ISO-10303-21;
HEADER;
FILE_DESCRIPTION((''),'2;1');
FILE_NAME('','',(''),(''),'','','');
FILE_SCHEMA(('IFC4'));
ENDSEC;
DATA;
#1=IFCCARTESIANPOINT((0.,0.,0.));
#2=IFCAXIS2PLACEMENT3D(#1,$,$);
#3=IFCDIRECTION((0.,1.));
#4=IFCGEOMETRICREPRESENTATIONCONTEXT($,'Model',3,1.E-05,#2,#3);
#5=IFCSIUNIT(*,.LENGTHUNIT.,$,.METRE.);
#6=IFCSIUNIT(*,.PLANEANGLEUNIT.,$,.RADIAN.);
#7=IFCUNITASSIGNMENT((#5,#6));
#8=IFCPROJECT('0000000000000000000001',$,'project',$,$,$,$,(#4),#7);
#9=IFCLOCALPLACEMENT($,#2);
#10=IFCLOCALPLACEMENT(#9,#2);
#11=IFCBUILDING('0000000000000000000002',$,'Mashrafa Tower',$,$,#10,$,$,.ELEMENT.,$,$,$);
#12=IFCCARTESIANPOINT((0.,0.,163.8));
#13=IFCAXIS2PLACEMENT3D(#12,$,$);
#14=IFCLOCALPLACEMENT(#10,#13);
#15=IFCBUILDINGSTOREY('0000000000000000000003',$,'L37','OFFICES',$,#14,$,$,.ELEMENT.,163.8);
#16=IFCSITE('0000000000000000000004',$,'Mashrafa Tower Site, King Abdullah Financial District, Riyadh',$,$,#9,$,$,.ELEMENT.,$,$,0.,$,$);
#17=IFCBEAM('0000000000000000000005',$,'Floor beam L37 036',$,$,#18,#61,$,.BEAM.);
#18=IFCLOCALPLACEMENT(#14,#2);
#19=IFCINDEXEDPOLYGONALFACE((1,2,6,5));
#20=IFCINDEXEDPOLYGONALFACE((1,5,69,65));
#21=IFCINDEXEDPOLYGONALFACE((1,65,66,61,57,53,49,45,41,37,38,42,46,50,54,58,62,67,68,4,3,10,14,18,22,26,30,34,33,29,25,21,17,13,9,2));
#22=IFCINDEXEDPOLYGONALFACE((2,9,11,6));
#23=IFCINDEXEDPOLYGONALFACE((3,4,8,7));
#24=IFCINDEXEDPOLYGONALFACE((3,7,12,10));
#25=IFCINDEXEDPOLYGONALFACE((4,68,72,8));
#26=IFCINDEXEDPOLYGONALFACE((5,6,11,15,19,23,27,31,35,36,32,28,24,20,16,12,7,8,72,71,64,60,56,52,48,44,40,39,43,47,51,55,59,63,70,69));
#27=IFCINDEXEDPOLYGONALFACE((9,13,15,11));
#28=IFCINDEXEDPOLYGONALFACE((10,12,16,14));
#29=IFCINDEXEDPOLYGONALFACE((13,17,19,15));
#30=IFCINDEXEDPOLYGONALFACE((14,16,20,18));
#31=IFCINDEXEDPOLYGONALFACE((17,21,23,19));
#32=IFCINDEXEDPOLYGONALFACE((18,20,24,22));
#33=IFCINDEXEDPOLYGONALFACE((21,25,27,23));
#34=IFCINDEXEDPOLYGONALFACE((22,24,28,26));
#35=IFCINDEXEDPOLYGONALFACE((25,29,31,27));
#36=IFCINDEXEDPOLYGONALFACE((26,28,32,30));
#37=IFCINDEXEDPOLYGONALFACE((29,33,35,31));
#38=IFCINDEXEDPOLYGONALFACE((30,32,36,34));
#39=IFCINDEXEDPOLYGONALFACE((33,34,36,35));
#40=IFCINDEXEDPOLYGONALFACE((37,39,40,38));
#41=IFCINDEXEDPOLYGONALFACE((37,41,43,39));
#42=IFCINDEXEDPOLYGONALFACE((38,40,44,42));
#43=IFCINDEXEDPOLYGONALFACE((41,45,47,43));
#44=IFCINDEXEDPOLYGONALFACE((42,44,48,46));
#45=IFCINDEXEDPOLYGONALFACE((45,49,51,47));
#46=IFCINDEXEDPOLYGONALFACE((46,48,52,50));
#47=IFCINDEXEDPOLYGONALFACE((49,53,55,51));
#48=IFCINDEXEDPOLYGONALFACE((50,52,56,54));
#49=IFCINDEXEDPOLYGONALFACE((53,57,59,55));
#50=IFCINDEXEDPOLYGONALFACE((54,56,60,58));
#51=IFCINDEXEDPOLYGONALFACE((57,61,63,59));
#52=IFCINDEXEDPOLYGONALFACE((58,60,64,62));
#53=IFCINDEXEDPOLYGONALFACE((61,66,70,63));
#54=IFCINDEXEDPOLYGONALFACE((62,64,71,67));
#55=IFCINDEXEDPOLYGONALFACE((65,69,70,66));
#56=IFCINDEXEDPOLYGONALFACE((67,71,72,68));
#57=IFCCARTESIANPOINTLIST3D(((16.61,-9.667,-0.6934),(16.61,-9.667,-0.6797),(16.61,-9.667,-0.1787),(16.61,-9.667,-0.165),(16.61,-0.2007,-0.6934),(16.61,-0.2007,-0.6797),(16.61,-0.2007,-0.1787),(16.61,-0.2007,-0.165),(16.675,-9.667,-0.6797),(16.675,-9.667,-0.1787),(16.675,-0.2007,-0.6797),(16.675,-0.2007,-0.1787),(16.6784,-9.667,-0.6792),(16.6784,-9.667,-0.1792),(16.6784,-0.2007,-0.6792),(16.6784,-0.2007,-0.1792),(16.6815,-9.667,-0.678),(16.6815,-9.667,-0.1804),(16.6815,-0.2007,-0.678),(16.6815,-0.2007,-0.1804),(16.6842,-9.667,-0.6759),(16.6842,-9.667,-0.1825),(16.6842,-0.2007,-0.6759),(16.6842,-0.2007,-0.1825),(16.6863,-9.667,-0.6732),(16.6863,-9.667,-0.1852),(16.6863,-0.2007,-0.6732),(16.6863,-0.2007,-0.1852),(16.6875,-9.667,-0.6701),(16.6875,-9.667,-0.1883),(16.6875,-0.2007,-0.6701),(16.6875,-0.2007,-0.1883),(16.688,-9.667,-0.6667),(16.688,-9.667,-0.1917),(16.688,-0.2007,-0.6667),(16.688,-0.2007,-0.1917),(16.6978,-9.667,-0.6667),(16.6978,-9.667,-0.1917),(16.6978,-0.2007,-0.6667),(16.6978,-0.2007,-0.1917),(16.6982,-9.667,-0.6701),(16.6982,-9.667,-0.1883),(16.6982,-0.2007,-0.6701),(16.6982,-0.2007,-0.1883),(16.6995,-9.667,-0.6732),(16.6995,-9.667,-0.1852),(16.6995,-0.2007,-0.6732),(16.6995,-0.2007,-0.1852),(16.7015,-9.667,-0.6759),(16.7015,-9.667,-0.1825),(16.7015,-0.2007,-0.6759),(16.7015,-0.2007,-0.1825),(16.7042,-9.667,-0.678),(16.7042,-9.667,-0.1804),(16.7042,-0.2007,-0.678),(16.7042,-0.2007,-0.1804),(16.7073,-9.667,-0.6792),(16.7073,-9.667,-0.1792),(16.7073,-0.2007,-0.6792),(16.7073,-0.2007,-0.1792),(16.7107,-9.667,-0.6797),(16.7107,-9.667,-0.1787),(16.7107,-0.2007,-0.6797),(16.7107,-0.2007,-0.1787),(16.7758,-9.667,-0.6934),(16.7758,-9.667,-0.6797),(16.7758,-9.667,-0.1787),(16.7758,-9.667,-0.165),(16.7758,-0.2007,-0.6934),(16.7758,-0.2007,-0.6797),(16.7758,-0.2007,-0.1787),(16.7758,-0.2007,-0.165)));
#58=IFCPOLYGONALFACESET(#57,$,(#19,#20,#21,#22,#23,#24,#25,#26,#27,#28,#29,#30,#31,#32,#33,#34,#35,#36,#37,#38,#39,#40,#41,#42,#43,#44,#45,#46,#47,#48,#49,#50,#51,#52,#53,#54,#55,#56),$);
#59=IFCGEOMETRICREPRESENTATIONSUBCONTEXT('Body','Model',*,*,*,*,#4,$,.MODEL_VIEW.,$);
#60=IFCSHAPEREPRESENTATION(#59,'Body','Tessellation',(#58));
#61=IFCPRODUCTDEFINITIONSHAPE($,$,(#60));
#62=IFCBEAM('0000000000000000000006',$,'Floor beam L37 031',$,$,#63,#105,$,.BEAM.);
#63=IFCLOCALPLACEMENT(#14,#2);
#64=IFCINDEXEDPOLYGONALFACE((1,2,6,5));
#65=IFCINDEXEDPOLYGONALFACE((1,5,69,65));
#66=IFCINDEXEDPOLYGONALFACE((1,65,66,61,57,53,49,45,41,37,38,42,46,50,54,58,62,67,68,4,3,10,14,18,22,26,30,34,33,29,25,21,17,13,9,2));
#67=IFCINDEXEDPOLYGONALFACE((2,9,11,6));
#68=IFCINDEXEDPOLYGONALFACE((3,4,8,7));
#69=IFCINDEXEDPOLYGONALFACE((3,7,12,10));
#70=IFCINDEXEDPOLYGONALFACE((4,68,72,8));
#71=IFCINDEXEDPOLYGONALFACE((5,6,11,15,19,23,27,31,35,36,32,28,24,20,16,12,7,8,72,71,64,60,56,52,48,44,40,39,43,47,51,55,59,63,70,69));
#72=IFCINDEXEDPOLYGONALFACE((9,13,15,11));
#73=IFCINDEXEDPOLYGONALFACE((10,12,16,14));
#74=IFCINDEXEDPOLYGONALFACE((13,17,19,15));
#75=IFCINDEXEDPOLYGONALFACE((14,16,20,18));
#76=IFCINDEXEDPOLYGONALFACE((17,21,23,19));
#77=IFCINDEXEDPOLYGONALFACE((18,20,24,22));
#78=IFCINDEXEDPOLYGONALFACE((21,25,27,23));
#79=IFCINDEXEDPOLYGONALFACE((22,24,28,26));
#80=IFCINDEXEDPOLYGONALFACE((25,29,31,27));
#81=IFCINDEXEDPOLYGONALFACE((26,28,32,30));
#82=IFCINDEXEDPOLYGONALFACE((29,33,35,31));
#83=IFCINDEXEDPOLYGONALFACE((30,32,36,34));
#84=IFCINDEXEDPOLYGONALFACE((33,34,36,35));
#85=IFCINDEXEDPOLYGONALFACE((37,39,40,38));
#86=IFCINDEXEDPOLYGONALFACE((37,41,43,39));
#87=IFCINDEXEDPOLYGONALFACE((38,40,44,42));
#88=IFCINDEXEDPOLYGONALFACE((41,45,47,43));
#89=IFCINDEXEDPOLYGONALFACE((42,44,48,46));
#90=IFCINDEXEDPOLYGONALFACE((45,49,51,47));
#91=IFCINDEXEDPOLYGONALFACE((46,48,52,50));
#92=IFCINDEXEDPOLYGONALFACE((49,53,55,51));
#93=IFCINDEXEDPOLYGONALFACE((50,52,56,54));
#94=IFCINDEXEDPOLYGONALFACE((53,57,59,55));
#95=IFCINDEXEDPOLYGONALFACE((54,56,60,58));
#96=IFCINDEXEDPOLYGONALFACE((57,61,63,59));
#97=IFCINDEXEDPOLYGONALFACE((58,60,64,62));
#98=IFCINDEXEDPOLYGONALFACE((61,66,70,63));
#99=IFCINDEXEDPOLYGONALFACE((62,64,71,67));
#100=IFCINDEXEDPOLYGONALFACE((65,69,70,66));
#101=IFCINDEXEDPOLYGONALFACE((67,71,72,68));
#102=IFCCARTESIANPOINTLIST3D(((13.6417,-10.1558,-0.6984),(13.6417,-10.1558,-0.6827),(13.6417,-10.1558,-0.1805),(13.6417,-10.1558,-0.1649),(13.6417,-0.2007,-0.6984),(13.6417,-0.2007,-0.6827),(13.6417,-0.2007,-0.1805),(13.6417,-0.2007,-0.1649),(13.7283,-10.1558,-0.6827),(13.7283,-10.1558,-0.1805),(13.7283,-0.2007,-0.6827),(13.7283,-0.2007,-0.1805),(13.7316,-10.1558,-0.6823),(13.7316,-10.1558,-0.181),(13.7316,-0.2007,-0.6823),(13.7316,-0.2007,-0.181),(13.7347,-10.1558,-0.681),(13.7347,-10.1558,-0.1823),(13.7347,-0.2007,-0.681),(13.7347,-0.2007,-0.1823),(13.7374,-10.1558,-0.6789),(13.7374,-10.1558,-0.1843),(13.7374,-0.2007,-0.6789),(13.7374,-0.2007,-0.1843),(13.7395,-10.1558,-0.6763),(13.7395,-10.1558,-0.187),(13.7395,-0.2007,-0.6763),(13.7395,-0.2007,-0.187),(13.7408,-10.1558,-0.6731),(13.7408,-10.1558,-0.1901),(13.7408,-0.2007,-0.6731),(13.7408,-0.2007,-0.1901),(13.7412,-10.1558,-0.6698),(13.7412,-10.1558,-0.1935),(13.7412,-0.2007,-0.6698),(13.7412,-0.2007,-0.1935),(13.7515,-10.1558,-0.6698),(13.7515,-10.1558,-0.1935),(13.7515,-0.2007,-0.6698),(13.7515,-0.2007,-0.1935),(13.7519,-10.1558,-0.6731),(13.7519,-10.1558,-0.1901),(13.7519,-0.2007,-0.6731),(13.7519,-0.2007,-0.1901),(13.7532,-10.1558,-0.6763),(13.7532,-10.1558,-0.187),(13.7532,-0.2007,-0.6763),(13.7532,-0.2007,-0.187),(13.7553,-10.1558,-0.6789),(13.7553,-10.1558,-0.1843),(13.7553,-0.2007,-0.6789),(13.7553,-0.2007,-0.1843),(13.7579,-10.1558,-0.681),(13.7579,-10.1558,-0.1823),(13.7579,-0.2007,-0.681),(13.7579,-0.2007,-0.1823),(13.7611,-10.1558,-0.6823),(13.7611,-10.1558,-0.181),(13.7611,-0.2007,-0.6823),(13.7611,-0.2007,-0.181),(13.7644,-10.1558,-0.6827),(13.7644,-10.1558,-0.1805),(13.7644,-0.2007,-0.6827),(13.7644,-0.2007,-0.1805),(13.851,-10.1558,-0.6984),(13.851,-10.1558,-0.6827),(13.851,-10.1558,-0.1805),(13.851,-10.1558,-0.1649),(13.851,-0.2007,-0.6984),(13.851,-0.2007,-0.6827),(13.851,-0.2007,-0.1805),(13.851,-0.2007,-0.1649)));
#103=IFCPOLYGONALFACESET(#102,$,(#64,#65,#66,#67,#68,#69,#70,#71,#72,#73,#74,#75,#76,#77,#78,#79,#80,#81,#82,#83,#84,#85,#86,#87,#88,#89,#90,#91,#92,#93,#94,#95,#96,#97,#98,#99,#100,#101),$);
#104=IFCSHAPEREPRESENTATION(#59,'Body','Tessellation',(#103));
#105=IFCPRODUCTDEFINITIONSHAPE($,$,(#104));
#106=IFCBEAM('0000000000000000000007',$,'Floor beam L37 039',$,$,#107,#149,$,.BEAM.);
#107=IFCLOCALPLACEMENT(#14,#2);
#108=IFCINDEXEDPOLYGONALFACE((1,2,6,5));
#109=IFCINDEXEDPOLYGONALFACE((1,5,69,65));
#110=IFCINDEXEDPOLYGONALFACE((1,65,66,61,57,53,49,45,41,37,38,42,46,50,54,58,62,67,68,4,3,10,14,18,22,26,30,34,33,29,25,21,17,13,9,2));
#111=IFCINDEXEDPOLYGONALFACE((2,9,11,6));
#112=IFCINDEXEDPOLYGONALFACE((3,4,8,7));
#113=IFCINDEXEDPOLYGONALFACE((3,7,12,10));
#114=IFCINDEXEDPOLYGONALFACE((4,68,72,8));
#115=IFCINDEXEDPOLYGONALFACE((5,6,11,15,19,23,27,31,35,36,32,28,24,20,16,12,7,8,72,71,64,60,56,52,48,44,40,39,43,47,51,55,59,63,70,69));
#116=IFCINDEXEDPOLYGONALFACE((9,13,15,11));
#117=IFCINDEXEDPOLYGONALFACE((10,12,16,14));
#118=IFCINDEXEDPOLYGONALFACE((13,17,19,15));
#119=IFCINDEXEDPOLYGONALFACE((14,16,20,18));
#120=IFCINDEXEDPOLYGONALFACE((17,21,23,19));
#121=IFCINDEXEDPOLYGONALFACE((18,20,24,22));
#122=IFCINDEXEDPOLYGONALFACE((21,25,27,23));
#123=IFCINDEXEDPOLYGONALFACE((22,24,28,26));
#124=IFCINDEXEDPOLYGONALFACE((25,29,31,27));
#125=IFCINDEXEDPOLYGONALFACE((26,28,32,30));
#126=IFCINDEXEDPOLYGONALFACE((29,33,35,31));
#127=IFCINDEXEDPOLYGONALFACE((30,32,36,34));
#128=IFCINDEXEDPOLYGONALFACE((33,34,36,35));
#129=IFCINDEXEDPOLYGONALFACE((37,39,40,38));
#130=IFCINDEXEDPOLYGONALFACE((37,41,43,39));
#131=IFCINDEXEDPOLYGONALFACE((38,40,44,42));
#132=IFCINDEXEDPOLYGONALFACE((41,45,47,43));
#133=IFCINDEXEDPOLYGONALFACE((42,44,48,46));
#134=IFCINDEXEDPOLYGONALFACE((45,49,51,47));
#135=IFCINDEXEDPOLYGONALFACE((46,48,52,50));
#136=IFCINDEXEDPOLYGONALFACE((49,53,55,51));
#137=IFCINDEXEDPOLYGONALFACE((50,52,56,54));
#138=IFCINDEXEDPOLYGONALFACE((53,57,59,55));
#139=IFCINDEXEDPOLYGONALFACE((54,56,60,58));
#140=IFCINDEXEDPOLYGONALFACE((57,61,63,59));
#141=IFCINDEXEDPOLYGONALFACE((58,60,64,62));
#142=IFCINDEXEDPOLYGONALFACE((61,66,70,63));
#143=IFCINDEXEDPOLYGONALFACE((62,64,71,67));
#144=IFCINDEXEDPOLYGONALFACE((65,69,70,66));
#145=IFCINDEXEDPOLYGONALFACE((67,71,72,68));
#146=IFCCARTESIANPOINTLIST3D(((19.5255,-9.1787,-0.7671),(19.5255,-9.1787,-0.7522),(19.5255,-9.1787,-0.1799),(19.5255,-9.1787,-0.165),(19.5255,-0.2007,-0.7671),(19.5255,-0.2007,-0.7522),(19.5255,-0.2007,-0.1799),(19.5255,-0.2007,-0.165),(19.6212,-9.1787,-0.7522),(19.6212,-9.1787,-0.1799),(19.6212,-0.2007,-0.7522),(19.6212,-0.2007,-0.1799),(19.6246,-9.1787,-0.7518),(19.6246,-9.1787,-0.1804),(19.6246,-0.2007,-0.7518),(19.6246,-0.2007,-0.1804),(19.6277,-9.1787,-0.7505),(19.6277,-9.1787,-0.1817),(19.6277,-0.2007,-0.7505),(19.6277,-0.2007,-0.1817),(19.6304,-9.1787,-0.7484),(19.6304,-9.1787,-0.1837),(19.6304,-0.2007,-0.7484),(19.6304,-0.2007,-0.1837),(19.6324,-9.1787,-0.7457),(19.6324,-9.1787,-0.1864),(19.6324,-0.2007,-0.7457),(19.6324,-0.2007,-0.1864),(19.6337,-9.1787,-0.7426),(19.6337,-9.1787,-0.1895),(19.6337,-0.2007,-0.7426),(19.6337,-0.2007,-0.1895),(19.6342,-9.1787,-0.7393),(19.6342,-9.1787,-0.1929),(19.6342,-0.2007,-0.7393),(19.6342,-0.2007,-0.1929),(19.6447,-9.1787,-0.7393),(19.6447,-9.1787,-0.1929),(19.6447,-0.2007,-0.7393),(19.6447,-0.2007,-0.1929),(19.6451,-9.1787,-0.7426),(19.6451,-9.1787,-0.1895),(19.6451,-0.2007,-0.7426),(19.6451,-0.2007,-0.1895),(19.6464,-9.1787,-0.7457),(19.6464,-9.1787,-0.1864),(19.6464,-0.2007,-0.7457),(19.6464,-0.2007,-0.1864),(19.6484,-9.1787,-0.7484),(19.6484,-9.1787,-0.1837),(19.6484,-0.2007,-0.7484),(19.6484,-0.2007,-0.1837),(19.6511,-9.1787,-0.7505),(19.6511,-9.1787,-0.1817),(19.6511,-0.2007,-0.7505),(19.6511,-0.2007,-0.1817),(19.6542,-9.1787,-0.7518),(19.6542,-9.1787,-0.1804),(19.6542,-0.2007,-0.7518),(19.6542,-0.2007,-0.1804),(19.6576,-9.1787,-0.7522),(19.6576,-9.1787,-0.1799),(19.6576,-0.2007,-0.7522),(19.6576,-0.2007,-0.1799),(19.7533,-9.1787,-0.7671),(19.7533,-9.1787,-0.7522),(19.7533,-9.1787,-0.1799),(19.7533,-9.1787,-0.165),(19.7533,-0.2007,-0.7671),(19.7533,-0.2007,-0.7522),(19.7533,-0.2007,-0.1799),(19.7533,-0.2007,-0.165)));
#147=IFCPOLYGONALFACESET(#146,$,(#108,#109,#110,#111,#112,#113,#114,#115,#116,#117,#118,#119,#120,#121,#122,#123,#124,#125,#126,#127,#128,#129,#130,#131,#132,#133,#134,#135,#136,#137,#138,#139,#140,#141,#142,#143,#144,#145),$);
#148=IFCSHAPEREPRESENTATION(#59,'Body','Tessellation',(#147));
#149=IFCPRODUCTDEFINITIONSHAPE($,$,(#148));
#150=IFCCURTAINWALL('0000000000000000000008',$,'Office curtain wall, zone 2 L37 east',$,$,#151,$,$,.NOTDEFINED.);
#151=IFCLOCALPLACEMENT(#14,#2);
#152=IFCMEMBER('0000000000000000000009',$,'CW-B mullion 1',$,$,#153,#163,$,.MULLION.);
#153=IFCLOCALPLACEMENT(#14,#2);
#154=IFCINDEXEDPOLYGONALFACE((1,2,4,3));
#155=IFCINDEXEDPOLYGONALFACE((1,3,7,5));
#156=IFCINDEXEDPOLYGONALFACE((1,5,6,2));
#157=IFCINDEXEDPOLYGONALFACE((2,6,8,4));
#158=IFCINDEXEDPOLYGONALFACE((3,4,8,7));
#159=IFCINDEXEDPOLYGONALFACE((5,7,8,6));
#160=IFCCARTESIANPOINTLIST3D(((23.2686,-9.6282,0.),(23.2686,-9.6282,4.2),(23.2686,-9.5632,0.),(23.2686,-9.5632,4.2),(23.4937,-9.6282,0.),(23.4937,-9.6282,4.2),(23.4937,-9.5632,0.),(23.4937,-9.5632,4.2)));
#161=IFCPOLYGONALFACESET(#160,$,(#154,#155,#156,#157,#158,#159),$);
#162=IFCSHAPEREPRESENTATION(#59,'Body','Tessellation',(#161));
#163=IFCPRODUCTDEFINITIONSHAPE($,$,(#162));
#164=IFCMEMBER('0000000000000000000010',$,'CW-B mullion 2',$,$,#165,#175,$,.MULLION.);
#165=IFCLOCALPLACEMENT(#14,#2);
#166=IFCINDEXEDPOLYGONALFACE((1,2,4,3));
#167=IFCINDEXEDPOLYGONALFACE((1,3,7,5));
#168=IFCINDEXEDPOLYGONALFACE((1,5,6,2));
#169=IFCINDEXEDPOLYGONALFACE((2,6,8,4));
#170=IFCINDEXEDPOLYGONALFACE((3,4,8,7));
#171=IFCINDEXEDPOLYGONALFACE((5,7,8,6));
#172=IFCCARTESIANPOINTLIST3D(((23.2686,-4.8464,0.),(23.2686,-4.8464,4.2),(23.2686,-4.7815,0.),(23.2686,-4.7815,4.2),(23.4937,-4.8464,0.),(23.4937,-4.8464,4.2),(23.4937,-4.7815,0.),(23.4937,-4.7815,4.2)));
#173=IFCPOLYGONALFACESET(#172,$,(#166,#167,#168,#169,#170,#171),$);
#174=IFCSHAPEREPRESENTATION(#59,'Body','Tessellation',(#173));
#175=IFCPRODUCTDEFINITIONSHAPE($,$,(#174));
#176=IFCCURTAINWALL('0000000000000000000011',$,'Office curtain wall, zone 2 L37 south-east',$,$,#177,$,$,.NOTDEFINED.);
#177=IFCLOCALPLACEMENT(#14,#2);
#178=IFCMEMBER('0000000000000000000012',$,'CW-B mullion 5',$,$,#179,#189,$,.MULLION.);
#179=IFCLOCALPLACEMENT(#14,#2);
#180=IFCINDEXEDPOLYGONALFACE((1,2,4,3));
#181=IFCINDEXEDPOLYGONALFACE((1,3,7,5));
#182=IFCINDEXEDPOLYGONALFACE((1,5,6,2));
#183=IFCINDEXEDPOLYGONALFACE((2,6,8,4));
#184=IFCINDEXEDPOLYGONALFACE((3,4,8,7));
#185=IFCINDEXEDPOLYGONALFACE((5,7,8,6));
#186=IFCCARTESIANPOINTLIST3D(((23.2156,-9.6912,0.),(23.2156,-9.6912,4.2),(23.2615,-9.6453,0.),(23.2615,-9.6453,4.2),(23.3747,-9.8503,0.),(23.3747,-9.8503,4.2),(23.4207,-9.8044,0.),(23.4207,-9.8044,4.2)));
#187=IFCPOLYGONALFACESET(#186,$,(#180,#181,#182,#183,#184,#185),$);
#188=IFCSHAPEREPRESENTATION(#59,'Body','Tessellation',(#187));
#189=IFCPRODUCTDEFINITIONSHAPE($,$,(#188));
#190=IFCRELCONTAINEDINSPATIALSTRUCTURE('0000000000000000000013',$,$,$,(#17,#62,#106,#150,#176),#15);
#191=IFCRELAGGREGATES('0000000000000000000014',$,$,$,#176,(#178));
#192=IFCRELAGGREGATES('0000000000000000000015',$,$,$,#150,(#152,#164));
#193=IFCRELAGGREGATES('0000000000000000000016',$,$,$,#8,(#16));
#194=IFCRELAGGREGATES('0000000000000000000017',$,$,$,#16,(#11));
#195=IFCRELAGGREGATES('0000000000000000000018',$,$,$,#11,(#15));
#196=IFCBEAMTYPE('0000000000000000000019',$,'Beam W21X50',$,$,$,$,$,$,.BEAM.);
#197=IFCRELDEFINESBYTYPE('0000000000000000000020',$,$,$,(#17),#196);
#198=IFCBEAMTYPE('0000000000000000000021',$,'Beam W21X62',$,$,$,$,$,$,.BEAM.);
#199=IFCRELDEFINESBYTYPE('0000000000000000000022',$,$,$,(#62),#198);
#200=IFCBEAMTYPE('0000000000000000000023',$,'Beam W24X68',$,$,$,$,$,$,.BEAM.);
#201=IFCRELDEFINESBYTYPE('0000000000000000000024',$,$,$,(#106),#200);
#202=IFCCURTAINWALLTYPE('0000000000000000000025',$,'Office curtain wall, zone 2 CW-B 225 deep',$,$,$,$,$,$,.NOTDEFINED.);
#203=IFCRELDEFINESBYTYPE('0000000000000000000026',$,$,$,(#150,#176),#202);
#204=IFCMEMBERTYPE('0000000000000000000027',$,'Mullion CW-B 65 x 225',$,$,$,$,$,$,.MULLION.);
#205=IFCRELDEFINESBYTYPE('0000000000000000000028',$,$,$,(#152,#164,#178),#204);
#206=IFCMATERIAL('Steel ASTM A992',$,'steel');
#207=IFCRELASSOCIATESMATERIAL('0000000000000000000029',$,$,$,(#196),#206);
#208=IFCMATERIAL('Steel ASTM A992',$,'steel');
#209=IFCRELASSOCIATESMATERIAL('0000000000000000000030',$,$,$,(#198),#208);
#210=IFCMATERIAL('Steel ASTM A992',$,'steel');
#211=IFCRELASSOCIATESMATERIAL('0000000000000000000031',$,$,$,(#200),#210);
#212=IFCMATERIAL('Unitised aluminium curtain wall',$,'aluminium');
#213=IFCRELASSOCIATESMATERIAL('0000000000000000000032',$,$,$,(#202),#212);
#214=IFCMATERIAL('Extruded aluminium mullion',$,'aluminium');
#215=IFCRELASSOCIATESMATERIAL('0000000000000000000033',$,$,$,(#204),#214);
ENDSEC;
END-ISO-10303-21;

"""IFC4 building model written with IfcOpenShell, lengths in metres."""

from ifc_helpers import new_model, si_unit, direction, frame, origin, origin_2d, place, context, subcontext, project, spatial, rectangle, i_section, extrude, source, transform, mapped, material, material_profile, profile_set, type_object, type_shapes, element, aggregate, save


model = new_model("IFC4")

# Units and contexts
model_context = context("Model", 3, precision=1e-05, world=origin(), true_north=direction((0.0, 1.0)))
body_context = subcontext(model_context, "Body", "Model", "MODEL_VIEW")
ifc_project = project(units=[si_unit("LENGTHUNIT", "METRE"), si_unit("PLANEANGLEUNIT", "RADIAN")], contexts=[model_context])

# Site, building, storey
site_placement = place(None, origin())
site = spatial("IfcSite", under=ifc_project, at=site_placement, Name="Mashrafa Tower Site, King Abdullah Financial District, Riyadh", CompositionType="ELEMENT", RefElevation=0.0)
building_placement = place(site_placement, origin())
building = spatial("IfcBuilding", under=site, at=building_placement, Name="Mashrafa Tower", CompositionType="ELEMENT")
storey_placement = place(building_placement, frame((0.0, 0.0, 163.8)))
storey = spatial("IfcBuildingStorey", under=building, at=storey_placement, Name="L37", Description="OFFICES", CompositionType="ELEMENT", Elevation=163.8)

# Beams
ifc_material_1 = material(Name="Steel ASTM A992", Category="steel")
ifc_material_profile_1 = material_profile(ifc_material_1, i_section(OverallWidth=0.1658, OverallDepth=0.5283, WebThickness=0.0098, FlangeThickness=0.0137, FilletRadius=0.0129, at=origin_2d()), Name="W21X50")
ifc_profile_set_1 = profile_set([ifc_material_profile_1], Name="Steel ASTM A992")
beam_type_1 = type_object("IfcBeamType", Name="Beam W21X50", PredefinedType="BEAM", material=ifc_profile_set_1)
beam_1_placement = place(storey_placement, frame((16.6929, -0.2007, -0.4292), z_axis=(0.0, -1.0, 0.0), x_axis=(1.0, 0.0, 0.0)))
element("IfcBeam", 1, at=beam_1_placement, inside=storey, type_object=beam_type_1, Name="Floor beam L37 036", PredefinedType="BEAM", context=body_context, shape_type="SweptSolid", body=[
    extrude(i_section(OverallWidth=0.1658, OverallDepth=0.5283, WebThickness=0.0098, FlangeThickness=0.0137, FilletRadius=0.0129, at=origin_2d()), origin(), (0.0, 0.0, 1.0), 9.4663),
])
ifc_material_2 = material(Name="Steel ASTM A992", Category="steel")
ifc_material_profile_2 = material_profile(ifc_material_2, i_section(OverallWidth=0.2092, OverallDepth=0.5334, WebThickness=0.0103, FlangeThickness=0.0156, FilletRadius=0.0129, at=origin_2d()), Name="W21X62")
ifc_profile_set_2 = profile_set([ifc_material_profile_2], Name="Steel ASTM A992")
beam_type_2 = type_object("IfcBeamType", Name="Beam W21X62", PredefinedType="BEAM", material=ifc_profile_set_2)
beam_2_placement = place(storey_placement, frame((13.7463, -0.2007, -0.4316), z_axis=(0.0, -1.0, 0.0), x_axis=(1.0, 0.0, 0.0)))
element("IfcBeam", 2, at=beam_2_placement, inside=storey, type_object=beam_type_2, Name="Floor beam L37 031", PredefinedType="BEAM", context=body_context, shape_type="SweptSolid", body=[
    extrude(i_section(OverallWidth=0.2092, OverallDepth=0.5334, WebThickness=0.0103, FlangeThickness=0.0156, FilletRadius=0.0129, at=origin_2d()), origin(), (0.0, 0.0, 1.0), 9.9551),
])
ifc_material_3 = material(Name="Steel ASTM A992", Category="steel")
ifc_material_profile_3 = material_profile(ifc_material_3, i_section(OverallWidth=0.2278, OverallDepth=0.6021, WebThickness=0.0105, FlangeThickness=0.0149, FilletRadius=0.0129, at=origin_2d()), Name="W24X68")
ifc_profile_set_3 = profile_set([ifc_material_profile_3], Name="Steel ASTM A992")
beam_type_3 = type_object("IfcBeamType", Name="Beam W24X68", PredefinedType="BEAM", material=ifc_profile_set_3)
beam_3_placement = place(storey_placement, frame((19.6394, -0.2007, -0.4661), z_axis=(0.0, -1.0, 0.0), x_axis=(1.0, 0.0, 0.0)))
element("IfcBeam", 3, at=beam_3_placement, inside=storey, type_object=beam_type_3, Name="Floor beam L37 039", PredefinedType="BEAM", context=body_context, shape_type="SweptSolid", body=[
    extrude(i_section(OverallWidth=0.2278, OverallDepth=0.6021, WebThickness=0.0105, FlangeThickness=0.0149, FilletRadius=0.0129, at=origin_2d()), origin(), (0.0, 0.0, 1.0), 8.978),
])

# Curtain wall, members
ifc_material_4 = material(Name="Unitised aluminium curtain wall", Category="aluminium")
curtain_wall_type = type_object("IfcCurtainWallType", Name="Office curtain wall, zone 2 CW-B 225 deep", PredefinedType="NOTDEFINED", material=ifc_material_4)
curtain_wall_1_placement = place(storey_placement, origin())
curtain_wall_1 = element("IfcCurtainWall", 4, at=curtain_wall_1_placement, inside=storey, type_object=curtain_wall_type, Name="Office curtain wall, zone 2 L37 east", PredefinedType="NOTDEFINED")
ifc_material_5 = material(Name="Extruded aluminium mullion", Category="aluminium")
ifc_material_profile_4 = material_profile(ifc_material_5, rectangle(XDim=0.2251, YDim=0.0649, at=origin_2d()), Name="Mullion 65x225")
ifc_profile_set_4 = profile_set([ifc_material_profile_4], Name="Extruded aluminium mullion")
member_type_1 = type_object("IfcMemberType", Name="Mullion CW-B 65 x 225", PredefinedType="MULLION", material=ifc_profile_set_4)
shared_shape_1 = source(origin(), body_context, "Body", "SweptSolid", [
    extrude(rectangle(XDim=0.2251, YDim=0.0649, at=origin_2d()), origin(), (0.0, 0.0, 1.0), 4.2),
])
type_shapes(member_type_1, [shared_shape_1])
member_1_placement = place(storey_placement, frame((23.3811, -9.5957, 0.0), z_axis=(0.0, 0.0, 1.0), x_axis=(-1.0, 0.0, 0.0)))
member_1 = element("IfcMember", 5, at=member_1_placement, type_object=member_type_1, Name="CW-B mullion 1", PredefinedType="MULLION", context=body_context, shape_type="MappedRepresentation", body=[
    mapped(shared_shape_1, transform((0.0, 0.0, 0.0))),
])
member_2_placement = place(storey_placement, frame((23.3811, -4.814, 0.0), z_axis=(0.0, 0.0, 1.0), x_axis=(-1.0, 0.0, 0.0)))
member_2 = element("IfcMember", 6, at=member_2_placement, type_object=member_type_1, Name="CW-B mullion 2", PredefinedType="MULLION", context=body_context, shape_type="MappedRepresentation", body=[
    mapped(shared_shape_1, transform((0.0, 0.0, 0.0))),
])

# Curtain wall, member
curtain_wall_2_placement = place(storey_placement, origin())
curtain_wall_2 = element("IfcCurtainWall", 7, at=curtain_wall_2_placement, inside=storey, type_object=curtain_wall_type, Name="Office curtain wall, zone 2 L37 south-east", PredefinedType="NOTDEFINED")
member_3_placement = place(storey_placement, frame((23.3181, -9.7478, 0.0), z_axis=(0.0, 0.0, 1.0), x_axis=(-0.707107, 0.707107, 0.0)))
member_3 = element("IfcMember", 8, at=member_3_placement, type_object=member_type_1, Name="CW-B mullion 5", PredefinedType="MULLION", context=body_context, shape_type="MappedRepresentation", body=[
    mapped(shared_shape_1, transform((0.0, 0.0, 0.0))),
])
aggregate(curtain_wall_2, [member_3])

aggregate(curtain_wall_1, [member_1, member_2])

save(model, "model.ifc")
